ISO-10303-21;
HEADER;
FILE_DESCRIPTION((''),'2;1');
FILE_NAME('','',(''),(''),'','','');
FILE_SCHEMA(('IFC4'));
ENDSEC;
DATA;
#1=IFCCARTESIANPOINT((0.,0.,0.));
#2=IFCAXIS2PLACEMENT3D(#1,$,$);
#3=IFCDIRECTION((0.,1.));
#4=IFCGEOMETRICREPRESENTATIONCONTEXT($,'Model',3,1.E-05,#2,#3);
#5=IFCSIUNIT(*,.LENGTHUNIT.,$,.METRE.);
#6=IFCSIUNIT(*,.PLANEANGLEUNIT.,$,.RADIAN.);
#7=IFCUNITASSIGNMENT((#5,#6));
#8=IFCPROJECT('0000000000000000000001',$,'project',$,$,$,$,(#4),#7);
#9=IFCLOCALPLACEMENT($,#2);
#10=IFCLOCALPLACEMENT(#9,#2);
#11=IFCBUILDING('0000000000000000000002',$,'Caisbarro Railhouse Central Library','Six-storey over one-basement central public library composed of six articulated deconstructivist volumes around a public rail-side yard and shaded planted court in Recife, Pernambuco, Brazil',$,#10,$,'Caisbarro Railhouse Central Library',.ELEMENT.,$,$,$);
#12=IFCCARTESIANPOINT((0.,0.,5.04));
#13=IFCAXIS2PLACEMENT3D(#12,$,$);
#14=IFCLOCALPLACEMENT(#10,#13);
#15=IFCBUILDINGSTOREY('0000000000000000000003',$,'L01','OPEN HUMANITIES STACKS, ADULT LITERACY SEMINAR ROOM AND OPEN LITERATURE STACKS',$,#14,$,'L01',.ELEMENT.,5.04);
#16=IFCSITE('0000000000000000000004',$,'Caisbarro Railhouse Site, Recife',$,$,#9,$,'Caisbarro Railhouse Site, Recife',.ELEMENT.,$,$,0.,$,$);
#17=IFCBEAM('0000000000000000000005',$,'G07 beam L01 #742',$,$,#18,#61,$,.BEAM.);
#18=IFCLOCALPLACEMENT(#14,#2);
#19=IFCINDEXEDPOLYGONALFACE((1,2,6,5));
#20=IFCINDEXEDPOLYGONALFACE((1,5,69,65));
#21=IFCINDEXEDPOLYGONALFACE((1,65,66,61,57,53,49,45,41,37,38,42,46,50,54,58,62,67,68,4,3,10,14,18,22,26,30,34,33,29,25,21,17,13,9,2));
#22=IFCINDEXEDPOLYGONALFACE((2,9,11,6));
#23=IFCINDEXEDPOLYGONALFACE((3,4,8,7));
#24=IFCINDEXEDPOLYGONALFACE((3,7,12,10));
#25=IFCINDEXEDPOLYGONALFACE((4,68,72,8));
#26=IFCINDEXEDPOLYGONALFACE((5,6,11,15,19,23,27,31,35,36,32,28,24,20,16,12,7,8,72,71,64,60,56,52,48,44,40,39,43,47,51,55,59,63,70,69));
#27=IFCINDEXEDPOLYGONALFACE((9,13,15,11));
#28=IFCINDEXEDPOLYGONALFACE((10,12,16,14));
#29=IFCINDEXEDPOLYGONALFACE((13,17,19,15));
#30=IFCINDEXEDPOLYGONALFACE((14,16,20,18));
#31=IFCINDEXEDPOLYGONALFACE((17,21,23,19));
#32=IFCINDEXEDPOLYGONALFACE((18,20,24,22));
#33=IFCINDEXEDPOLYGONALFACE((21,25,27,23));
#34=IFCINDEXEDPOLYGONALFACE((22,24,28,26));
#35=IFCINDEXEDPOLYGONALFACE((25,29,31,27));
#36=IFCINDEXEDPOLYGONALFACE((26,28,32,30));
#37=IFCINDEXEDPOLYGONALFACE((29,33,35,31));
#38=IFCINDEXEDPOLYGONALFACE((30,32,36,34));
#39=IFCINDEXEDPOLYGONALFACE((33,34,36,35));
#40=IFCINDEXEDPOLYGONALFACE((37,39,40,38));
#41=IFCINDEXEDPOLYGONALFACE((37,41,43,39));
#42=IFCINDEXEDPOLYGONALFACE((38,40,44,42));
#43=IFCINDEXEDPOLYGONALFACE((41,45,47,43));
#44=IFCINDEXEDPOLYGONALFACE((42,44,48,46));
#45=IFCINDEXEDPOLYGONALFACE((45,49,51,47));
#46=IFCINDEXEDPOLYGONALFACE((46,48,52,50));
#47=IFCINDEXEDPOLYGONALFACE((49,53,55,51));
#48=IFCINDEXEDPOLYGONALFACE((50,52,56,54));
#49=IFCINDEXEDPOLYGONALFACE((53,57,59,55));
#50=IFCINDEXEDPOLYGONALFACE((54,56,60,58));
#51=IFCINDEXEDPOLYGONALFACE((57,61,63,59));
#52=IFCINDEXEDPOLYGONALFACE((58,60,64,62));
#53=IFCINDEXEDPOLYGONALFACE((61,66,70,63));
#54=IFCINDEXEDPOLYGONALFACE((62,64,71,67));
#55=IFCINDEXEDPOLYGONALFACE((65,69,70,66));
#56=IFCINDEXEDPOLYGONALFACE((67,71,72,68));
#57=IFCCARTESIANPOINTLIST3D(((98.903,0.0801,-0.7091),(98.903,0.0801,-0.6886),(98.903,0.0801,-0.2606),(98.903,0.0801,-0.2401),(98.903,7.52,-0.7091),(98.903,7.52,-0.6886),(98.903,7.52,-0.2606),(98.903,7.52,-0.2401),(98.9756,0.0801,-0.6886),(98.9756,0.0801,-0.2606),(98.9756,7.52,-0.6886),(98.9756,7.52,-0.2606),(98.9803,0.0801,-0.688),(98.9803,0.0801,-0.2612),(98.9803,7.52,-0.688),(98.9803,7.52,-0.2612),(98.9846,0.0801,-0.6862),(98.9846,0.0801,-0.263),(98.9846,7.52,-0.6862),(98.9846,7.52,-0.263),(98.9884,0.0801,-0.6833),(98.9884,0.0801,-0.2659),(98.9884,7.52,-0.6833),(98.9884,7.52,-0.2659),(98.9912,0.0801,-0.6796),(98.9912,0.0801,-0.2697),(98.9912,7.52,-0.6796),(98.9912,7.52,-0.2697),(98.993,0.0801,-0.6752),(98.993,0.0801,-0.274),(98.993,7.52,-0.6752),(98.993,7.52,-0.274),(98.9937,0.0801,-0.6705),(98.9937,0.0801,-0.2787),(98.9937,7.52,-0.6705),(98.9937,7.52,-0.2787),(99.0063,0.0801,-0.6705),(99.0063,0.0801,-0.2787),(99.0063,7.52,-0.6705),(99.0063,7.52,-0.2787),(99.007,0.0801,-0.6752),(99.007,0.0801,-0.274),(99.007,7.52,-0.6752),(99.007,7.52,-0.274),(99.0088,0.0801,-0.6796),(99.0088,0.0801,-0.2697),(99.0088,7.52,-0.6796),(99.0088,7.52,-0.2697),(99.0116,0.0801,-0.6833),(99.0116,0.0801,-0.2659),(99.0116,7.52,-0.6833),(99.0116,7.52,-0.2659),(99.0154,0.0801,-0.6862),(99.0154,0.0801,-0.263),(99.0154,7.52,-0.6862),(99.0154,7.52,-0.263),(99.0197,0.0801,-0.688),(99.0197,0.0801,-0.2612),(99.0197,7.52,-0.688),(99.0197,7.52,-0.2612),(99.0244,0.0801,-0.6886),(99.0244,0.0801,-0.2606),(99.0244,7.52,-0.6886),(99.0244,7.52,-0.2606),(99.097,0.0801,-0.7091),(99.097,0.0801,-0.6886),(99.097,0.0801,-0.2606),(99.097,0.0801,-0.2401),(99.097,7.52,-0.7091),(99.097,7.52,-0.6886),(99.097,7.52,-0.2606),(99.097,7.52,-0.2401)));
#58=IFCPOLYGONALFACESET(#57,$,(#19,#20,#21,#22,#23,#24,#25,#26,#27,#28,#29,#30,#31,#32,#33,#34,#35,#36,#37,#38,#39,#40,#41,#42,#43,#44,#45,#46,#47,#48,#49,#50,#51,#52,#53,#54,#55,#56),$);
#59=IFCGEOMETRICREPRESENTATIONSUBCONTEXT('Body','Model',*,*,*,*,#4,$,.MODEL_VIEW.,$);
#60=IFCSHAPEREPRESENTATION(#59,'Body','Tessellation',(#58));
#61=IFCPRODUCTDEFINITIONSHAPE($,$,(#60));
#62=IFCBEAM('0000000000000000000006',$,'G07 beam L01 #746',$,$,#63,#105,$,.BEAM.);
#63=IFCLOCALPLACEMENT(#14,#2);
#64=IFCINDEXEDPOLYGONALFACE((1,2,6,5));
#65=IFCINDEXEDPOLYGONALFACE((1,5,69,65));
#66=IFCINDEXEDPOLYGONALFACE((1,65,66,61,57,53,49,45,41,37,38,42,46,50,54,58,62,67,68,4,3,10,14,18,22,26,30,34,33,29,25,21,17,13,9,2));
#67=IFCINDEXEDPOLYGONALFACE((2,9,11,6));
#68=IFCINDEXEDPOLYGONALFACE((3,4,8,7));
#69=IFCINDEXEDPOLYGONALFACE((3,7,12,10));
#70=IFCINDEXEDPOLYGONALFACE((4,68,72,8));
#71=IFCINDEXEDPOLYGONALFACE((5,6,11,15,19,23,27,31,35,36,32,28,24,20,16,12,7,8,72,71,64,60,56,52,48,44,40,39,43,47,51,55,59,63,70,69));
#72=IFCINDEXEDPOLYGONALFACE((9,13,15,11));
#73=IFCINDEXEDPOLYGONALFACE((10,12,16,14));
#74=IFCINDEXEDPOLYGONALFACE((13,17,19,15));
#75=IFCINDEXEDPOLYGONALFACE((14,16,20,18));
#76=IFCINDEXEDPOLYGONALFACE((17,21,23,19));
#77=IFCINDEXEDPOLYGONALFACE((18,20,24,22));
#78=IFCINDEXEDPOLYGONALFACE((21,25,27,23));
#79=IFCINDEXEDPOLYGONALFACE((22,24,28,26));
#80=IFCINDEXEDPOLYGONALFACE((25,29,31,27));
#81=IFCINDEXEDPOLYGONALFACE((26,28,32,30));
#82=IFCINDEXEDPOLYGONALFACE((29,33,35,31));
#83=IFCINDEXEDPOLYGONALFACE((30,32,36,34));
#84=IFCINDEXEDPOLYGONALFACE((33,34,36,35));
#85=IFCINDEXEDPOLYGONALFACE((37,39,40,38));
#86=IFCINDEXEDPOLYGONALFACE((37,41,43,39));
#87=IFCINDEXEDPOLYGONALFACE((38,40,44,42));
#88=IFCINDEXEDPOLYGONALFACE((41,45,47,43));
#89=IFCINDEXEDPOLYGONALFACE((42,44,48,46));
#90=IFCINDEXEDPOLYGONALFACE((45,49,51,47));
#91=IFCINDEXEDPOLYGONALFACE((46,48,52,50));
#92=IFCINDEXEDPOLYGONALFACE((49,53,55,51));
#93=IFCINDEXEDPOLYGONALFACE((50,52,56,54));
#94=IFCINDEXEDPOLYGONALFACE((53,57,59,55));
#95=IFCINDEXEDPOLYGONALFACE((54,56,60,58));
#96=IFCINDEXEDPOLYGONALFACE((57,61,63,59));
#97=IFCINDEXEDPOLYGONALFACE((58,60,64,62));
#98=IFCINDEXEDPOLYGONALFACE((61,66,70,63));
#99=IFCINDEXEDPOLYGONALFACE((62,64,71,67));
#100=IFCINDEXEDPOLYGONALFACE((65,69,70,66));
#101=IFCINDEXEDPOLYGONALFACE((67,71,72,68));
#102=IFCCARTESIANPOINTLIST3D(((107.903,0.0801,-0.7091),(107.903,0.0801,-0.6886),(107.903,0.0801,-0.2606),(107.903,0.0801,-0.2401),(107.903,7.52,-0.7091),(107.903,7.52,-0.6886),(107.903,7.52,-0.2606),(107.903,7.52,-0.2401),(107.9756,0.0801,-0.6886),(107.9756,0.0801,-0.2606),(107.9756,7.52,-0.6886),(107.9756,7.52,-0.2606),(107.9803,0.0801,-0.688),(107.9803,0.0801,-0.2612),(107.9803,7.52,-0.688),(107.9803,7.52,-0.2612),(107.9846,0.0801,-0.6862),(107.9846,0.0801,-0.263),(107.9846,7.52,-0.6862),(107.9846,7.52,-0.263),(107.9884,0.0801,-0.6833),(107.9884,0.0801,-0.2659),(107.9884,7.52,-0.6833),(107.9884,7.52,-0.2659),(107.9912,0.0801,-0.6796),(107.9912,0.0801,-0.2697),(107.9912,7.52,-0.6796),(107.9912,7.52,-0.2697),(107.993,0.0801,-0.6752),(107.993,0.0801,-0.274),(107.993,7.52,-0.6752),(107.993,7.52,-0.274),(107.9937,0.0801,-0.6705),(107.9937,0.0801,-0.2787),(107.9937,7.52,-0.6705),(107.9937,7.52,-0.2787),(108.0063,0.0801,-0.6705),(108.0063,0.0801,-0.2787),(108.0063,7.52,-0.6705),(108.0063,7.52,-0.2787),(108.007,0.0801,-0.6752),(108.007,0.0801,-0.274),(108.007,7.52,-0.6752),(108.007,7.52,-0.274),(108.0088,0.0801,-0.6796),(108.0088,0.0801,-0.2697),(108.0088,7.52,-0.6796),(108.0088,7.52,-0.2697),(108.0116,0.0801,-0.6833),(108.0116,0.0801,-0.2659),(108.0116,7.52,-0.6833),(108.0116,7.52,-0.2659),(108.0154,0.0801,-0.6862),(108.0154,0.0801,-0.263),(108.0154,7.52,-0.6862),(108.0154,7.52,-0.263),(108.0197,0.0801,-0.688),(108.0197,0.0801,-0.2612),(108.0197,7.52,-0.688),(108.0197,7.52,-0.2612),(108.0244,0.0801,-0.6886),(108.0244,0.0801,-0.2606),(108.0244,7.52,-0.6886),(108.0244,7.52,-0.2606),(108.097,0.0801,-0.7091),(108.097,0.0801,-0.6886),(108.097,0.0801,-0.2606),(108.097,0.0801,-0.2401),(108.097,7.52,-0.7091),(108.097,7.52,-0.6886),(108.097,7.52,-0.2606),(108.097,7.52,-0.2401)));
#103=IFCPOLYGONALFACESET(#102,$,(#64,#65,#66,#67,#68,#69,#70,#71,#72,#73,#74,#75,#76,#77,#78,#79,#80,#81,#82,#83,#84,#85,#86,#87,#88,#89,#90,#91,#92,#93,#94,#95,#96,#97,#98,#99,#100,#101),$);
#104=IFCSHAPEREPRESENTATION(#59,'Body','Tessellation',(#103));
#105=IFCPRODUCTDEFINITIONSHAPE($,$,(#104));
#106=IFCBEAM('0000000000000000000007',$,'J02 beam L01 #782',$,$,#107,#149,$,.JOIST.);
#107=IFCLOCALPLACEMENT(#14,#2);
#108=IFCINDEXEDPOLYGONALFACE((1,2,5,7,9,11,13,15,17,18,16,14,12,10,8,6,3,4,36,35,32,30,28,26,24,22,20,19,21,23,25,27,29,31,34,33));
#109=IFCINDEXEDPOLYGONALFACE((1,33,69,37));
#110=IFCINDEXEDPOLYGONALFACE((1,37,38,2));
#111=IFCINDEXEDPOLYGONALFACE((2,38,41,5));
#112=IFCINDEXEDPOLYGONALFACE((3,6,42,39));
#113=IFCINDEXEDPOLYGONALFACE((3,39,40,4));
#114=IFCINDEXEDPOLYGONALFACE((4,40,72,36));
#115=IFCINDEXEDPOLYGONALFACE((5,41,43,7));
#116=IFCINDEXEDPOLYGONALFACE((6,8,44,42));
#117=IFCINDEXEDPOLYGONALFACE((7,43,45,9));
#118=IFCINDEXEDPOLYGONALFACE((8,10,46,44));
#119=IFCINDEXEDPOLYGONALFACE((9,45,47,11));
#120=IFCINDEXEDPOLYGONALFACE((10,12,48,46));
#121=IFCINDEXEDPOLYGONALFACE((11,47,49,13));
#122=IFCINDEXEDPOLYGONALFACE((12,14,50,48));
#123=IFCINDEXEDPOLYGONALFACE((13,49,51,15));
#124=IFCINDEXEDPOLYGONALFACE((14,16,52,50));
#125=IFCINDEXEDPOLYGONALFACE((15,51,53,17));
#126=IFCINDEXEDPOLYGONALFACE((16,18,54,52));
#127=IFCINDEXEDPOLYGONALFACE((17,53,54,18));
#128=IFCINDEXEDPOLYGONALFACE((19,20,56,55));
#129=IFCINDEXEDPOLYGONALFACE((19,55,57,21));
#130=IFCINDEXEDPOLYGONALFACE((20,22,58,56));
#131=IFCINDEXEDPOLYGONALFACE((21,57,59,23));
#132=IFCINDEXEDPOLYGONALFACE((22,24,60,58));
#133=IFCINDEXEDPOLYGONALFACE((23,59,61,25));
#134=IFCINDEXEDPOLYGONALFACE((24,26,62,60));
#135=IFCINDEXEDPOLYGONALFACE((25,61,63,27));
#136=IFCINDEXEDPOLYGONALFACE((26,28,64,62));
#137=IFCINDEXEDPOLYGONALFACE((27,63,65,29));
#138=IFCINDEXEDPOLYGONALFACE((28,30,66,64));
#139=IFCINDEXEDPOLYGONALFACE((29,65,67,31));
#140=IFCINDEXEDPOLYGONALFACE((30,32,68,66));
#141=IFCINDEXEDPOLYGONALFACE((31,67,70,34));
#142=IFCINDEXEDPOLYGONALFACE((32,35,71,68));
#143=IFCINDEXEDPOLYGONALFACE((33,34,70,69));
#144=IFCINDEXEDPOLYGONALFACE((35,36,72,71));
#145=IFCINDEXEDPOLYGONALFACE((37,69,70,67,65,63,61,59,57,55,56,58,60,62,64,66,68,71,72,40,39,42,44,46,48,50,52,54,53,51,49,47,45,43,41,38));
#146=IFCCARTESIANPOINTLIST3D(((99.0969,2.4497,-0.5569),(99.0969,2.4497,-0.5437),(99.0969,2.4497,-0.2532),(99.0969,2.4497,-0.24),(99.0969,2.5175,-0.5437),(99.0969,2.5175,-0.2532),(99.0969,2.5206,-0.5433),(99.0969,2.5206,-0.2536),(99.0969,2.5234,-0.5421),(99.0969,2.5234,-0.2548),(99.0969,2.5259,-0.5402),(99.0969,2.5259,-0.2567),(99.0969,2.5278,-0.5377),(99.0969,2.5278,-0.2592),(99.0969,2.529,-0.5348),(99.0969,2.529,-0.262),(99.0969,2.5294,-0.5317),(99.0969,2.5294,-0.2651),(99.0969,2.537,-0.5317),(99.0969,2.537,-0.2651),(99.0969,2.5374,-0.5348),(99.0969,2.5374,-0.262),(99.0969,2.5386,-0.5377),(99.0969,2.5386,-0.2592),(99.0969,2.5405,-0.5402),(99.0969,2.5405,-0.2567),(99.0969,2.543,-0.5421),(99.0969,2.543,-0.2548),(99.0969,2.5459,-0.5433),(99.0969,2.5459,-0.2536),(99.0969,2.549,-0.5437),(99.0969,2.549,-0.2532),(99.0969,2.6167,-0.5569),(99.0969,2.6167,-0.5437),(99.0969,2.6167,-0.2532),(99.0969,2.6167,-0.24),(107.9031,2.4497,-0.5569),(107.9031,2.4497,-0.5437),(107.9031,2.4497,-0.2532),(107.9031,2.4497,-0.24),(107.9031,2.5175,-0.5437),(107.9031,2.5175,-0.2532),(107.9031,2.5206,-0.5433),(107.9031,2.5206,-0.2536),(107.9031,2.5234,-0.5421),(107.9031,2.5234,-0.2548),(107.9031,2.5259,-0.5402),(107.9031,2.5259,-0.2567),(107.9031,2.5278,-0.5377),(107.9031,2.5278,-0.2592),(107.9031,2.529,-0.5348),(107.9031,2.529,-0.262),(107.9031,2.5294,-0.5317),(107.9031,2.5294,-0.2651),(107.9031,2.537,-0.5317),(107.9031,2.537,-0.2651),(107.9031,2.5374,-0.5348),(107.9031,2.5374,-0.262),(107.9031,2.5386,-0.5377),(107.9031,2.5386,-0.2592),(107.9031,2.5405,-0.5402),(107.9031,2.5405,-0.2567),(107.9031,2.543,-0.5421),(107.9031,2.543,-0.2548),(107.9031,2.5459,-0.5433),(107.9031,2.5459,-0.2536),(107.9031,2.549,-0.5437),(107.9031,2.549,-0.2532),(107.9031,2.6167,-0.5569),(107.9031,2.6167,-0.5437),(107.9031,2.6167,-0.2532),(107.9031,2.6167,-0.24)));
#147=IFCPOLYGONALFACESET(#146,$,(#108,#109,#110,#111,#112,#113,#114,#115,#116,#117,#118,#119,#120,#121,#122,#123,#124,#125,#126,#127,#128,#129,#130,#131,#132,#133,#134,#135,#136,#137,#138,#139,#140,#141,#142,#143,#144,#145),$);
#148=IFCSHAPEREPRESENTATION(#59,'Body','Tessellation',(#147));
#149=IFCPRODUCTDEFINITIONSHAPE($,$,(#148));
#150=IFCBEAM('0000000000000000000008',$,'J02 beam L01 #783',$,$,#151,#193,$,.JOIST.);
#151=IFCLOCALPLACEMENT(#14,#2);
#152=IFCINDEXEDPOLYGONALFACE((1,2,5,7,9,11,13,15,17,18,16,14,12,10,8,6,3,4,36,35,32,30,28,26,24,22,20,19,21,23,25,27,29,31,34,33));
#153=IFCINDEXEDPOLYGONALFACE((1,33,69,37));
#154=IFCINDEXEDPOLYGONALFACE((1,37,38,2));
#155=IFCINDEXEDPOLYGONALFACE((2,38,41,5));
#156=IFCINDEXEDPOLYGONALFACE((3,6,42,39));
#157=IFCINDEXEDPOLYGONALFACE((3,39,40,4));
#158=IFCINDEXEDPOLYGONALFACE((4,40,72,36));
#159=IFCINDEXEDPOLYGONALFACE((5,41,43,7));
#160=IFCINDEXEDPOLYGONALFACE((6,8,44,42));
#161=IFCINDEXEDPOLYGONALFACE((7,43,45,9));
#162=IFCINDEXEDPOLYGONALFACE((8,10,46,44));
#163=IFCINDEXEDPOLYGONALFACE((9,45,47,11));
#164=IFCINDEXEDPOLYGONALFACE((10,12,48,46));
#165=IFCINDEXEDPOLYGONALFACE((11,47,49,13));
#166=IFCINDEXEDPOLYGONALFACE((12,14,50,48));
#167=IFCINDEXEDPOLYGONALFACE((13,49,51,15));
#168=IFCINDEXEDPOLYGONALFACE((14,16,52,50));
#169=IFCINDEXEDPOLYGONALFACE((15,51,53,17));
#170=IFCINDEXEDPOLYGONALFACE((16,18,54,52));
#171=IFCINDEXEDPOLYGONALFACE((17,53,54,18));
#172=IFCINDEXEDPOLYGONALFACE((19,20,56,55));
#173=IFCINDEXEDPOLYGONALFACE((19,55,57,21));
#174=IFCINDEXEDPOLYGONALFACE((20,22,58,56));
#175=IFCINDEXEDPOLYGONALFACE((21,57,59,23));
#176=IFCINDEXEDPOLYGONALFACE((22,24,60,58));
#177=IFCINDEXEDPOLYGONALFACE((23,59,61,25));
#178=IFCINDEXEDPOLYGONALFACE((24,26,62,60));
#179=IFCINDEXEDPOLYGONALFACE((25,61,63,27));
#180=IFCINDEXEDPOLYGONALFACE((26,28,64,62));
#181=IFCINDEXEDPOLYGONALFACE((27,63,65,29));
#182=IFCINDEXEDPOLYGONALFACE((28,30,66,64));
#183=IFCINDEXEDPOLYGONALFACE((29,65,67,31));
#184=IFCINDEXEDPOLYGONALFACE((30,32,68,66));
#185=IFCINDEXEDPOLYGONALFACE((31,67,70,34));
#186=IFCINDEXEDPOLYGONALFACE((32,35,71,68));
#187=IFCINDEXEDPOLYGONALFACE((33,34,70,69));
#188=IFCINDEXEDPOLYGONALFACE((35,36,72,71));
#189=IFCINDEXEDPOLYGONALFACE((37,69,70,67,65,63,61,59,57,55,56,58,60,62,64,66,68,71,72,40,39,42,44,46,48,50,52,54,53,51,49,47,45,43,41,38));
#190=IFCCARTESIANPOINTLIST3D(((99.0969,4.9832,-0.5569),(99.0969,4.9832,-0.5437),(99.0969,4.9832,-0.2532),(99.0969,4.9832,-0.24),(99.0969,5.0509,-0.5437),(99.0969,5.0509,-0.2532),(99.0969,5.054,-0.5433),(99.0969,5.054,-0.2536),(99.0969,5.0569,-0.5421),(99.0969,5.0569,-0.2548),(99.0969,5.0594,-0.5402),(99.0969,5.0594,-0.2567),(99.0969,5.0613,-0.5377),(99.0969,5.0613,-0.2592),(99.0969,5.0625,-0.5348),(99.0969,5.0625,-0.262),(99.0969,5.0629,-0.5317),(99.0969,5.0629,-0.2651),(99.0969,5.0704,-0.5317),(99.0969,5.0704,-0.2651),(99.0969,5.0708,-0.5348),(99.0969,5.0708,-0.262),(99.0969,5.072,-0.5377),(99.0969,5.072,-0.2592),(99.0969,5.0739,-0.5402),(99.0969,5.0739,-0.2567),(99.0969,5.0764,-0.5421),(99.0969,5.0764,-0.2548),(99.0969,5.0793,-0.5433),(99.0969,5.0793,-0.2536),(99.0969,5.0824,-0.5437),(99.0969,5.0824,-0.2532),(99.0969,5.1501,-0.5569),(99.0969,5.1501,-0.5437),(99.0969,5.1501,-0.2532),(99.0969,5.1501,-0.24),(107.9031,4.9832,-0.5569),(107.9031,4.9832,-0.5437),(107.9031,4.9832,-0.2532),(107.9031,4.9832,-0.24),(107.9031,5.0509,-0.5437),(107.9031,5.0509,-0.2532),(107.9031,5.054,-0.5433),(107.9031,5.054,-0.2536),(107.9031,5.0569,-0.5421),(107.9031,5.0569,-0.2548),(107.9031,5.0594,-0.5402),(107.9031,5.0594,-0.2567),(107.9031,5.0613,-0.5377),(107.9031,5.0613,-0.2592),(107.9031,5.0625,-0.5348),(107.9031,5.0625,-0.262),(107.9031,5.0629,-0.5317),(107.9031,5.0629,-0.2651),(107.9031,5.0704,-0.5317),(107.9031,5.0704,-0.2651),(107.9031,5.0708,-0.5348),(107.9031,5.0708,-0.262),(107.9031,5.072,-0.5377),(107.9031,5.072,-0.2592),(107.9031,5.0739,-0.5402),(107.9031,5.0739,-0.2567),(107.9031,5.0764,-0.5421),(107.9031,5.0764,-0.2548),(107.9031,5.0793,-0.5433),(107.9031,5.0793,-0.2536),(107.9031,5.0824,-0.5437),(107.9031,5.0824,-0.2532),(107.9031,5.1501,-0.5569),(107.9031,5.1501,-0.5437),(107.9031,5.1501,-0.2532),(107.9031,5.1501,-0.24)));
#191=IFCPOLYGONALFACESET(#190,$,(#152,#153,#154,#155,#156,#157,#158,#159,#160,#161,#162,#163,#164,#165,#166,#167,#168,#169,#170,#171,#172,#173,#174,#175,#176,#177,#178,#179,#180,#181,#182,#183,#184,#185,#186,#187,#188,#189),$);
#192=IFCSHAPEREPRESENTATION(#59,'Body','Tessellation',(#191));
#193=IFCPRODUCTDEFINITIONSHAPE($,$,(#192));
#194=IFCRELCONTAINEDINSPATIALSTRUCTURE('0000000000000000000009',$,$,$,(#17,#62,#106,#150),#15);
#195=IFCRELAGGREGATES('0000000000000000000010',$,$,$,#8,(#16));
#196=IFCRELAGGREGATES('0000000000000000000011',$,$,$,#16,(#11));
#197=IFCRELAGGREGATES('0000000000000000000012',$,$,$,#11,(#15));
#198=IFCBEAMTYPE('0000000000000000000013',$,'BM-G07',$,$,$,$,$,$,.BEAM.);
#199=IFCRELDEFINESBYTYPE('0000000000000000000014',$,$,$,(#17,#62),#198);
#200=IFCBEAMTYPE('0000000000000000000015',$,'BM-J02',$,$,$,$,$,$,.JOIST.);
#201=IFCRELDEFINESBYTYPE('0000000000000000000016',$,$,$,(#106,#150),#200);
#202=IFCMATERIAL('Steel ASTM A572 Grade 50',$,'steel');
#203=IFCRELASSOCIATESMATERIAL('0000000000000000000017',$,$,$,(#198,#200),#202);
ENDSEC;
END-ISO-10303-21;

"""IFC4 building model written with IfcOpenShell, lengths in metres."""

from ifc_helpers import new_model, si_unit, direction, frame, origin, origin_2d, place, context, subcontext, project, spatial, i_section, extrude, material, material_profile, profile_set, type_object, element, save


model = new_model("IFC4")

# Units and contexts
model_context = context("Model", 3, precision=1e-05, world=origin(), true_north=direction((0.0, 1.0)))
body_context = subcontext(model_context, "Body", "Model", "MODEL_VIEW")
ifc_project = project(units=[si_unit("LENGTHUNIT", "METRE"), si_unit("PLANEANGLEUNIT", "RADIAN")], contexts=[model_context])

# Site, building, storey
site_placement = place(None, origin())
site = spatial("IfcSite", under=ifc_project, at=site_placement, Name="Caisbarro Railhouse Site, Recife", LongName="Caisbarro Railhouse Site, Recife", CompositionType="ELEMENT", RefElevation=0.0)
building_placement = place(site_placement, origin())
building = spatial("IfcBuilding", under=site, at=building_placement, Name="Caisbarro Railhouse Central Library", Description="Six-storey over one-basement central public library composed of six articulated deconstructivist volumes around a public rail-side yard and shaded planted court in Recife, Pernambuco, Brazil", LongName="Caisbarro Railhouse Central Library", CompositionType="ELEMENT")
storey_placement = place(building_placement, frame((0.0, 0.0, 5.04)))
storey = spatial("IfcBuildingStorey", under=building, at=storey_placement, Name="L01", Description="OPEN HUMANITIES STACKS, ADULT LITERACY SEMINAR ROOM AND OPEN LITERATURE STACKS", LongName="L01", CompositionType="ELEMENT", Elevation=5.04)

# Shared definitions
ifc_material_1 = material(Name="Steel ASTM A572 Grade 50", Category="steel")

# Beams
ifc_material_profile_1 = material_profile(ifc_material_1, i_section(OverallWidth=0.1941, OverallDepth=0.469, WebThickness=0.0127, FlangeThickness=0.0205, FilletRadius=0.0181, at=origin_2d()), Name="W460X106.0")
ifc_profile_set_1 = profile_set([ifc_material_profile_1], Name="Steel ASTM A572 Grade 50")
beam_type_1 = type_object("IfcBeamType", Name="BM-G07", PredefinedType="BEAM", material=ifc_profile_set_1)
for number, where, z_axis, x_axis, name in (
    (1, (99.0, 0.0801, -0.4746), (0.0, 1.0, 0.0), (-1.0, 0.0, 0.0), "G07 beam L01 #742"),
    (2, (108.0, 0.0801, -0.4746), (0.0, 1.0, 0.0), (-1.0, 0.0, 0.0), "G07 beam L01 #746"),
):
    element("IfcBeam", number, at=place(storey_placement, frame(where, z_axis=z_axis, x_axis=x_axis)), inside=storey, type_object=beam_type_1, Name=name, PredefinedType="BEAM", context=body_context, shape_type="SweptSolid", body=[
        extrude(i_section(OverallWidth=0.1941, OverallDepth=0.469, WebThickness=0.0127, FlangeThickness=0.0205, FilletRadius=0.0181, at=origin_2d()), origin(), (0.0, 0.0, 1.0), 7.4399),
    ])
ifc_material_profile_2 = material_profile(ifc_material_1, i_section(OverallWidth=0.167, OverallDepth=0.3169, WebThickness=0.0076, FlangeThickness=0.0132, FilletRadius=0.012, at=origin_2d()), Name="W310X52.0")
ifc_profile_set_2 = profile_set([ifc_material_profile_2], Name="Steel ASTM A572 Grade 50")
beam_type_2 = type_object("IfcBeamType", Name="BM-J02", PredefinedType="JOIST", material=ifc_profile_set_2)
for number, where, z_axis, x_axis, name in (
    (3, (99.0969, 2.5332, -0.3984), (1.0, 0.0, 0.0), (0.0, 1.0, 0.0), "J02 beam L01 #782"),
    (4, (99.0969, 5.0667, -0.3984), (1.0, 0.0, 0.0), (0.0, 1.0, 0.0), "J02 beam L01 #783"),
):
    element("IfcBeam", number, at=place(storey_placement, frame(where, z_axis=z_axis, x_axis=x_axis)), inside=storey, type_object=beam_type_2, Name=name, PredefinedType="JOIST", context=body_context, shape_type="SweptSolid", body=[
        extrude(i_section(OverallWidth=0.167, OverallDepth=0.3169, WebThickness=0.0076, FlangeThickness=0.0132, FilletRadius=0.012, at=origin_2d()), origin(), (0.0, 0.0, 1.0), 8.8062),
    ])

save(model, "model.ifc")
